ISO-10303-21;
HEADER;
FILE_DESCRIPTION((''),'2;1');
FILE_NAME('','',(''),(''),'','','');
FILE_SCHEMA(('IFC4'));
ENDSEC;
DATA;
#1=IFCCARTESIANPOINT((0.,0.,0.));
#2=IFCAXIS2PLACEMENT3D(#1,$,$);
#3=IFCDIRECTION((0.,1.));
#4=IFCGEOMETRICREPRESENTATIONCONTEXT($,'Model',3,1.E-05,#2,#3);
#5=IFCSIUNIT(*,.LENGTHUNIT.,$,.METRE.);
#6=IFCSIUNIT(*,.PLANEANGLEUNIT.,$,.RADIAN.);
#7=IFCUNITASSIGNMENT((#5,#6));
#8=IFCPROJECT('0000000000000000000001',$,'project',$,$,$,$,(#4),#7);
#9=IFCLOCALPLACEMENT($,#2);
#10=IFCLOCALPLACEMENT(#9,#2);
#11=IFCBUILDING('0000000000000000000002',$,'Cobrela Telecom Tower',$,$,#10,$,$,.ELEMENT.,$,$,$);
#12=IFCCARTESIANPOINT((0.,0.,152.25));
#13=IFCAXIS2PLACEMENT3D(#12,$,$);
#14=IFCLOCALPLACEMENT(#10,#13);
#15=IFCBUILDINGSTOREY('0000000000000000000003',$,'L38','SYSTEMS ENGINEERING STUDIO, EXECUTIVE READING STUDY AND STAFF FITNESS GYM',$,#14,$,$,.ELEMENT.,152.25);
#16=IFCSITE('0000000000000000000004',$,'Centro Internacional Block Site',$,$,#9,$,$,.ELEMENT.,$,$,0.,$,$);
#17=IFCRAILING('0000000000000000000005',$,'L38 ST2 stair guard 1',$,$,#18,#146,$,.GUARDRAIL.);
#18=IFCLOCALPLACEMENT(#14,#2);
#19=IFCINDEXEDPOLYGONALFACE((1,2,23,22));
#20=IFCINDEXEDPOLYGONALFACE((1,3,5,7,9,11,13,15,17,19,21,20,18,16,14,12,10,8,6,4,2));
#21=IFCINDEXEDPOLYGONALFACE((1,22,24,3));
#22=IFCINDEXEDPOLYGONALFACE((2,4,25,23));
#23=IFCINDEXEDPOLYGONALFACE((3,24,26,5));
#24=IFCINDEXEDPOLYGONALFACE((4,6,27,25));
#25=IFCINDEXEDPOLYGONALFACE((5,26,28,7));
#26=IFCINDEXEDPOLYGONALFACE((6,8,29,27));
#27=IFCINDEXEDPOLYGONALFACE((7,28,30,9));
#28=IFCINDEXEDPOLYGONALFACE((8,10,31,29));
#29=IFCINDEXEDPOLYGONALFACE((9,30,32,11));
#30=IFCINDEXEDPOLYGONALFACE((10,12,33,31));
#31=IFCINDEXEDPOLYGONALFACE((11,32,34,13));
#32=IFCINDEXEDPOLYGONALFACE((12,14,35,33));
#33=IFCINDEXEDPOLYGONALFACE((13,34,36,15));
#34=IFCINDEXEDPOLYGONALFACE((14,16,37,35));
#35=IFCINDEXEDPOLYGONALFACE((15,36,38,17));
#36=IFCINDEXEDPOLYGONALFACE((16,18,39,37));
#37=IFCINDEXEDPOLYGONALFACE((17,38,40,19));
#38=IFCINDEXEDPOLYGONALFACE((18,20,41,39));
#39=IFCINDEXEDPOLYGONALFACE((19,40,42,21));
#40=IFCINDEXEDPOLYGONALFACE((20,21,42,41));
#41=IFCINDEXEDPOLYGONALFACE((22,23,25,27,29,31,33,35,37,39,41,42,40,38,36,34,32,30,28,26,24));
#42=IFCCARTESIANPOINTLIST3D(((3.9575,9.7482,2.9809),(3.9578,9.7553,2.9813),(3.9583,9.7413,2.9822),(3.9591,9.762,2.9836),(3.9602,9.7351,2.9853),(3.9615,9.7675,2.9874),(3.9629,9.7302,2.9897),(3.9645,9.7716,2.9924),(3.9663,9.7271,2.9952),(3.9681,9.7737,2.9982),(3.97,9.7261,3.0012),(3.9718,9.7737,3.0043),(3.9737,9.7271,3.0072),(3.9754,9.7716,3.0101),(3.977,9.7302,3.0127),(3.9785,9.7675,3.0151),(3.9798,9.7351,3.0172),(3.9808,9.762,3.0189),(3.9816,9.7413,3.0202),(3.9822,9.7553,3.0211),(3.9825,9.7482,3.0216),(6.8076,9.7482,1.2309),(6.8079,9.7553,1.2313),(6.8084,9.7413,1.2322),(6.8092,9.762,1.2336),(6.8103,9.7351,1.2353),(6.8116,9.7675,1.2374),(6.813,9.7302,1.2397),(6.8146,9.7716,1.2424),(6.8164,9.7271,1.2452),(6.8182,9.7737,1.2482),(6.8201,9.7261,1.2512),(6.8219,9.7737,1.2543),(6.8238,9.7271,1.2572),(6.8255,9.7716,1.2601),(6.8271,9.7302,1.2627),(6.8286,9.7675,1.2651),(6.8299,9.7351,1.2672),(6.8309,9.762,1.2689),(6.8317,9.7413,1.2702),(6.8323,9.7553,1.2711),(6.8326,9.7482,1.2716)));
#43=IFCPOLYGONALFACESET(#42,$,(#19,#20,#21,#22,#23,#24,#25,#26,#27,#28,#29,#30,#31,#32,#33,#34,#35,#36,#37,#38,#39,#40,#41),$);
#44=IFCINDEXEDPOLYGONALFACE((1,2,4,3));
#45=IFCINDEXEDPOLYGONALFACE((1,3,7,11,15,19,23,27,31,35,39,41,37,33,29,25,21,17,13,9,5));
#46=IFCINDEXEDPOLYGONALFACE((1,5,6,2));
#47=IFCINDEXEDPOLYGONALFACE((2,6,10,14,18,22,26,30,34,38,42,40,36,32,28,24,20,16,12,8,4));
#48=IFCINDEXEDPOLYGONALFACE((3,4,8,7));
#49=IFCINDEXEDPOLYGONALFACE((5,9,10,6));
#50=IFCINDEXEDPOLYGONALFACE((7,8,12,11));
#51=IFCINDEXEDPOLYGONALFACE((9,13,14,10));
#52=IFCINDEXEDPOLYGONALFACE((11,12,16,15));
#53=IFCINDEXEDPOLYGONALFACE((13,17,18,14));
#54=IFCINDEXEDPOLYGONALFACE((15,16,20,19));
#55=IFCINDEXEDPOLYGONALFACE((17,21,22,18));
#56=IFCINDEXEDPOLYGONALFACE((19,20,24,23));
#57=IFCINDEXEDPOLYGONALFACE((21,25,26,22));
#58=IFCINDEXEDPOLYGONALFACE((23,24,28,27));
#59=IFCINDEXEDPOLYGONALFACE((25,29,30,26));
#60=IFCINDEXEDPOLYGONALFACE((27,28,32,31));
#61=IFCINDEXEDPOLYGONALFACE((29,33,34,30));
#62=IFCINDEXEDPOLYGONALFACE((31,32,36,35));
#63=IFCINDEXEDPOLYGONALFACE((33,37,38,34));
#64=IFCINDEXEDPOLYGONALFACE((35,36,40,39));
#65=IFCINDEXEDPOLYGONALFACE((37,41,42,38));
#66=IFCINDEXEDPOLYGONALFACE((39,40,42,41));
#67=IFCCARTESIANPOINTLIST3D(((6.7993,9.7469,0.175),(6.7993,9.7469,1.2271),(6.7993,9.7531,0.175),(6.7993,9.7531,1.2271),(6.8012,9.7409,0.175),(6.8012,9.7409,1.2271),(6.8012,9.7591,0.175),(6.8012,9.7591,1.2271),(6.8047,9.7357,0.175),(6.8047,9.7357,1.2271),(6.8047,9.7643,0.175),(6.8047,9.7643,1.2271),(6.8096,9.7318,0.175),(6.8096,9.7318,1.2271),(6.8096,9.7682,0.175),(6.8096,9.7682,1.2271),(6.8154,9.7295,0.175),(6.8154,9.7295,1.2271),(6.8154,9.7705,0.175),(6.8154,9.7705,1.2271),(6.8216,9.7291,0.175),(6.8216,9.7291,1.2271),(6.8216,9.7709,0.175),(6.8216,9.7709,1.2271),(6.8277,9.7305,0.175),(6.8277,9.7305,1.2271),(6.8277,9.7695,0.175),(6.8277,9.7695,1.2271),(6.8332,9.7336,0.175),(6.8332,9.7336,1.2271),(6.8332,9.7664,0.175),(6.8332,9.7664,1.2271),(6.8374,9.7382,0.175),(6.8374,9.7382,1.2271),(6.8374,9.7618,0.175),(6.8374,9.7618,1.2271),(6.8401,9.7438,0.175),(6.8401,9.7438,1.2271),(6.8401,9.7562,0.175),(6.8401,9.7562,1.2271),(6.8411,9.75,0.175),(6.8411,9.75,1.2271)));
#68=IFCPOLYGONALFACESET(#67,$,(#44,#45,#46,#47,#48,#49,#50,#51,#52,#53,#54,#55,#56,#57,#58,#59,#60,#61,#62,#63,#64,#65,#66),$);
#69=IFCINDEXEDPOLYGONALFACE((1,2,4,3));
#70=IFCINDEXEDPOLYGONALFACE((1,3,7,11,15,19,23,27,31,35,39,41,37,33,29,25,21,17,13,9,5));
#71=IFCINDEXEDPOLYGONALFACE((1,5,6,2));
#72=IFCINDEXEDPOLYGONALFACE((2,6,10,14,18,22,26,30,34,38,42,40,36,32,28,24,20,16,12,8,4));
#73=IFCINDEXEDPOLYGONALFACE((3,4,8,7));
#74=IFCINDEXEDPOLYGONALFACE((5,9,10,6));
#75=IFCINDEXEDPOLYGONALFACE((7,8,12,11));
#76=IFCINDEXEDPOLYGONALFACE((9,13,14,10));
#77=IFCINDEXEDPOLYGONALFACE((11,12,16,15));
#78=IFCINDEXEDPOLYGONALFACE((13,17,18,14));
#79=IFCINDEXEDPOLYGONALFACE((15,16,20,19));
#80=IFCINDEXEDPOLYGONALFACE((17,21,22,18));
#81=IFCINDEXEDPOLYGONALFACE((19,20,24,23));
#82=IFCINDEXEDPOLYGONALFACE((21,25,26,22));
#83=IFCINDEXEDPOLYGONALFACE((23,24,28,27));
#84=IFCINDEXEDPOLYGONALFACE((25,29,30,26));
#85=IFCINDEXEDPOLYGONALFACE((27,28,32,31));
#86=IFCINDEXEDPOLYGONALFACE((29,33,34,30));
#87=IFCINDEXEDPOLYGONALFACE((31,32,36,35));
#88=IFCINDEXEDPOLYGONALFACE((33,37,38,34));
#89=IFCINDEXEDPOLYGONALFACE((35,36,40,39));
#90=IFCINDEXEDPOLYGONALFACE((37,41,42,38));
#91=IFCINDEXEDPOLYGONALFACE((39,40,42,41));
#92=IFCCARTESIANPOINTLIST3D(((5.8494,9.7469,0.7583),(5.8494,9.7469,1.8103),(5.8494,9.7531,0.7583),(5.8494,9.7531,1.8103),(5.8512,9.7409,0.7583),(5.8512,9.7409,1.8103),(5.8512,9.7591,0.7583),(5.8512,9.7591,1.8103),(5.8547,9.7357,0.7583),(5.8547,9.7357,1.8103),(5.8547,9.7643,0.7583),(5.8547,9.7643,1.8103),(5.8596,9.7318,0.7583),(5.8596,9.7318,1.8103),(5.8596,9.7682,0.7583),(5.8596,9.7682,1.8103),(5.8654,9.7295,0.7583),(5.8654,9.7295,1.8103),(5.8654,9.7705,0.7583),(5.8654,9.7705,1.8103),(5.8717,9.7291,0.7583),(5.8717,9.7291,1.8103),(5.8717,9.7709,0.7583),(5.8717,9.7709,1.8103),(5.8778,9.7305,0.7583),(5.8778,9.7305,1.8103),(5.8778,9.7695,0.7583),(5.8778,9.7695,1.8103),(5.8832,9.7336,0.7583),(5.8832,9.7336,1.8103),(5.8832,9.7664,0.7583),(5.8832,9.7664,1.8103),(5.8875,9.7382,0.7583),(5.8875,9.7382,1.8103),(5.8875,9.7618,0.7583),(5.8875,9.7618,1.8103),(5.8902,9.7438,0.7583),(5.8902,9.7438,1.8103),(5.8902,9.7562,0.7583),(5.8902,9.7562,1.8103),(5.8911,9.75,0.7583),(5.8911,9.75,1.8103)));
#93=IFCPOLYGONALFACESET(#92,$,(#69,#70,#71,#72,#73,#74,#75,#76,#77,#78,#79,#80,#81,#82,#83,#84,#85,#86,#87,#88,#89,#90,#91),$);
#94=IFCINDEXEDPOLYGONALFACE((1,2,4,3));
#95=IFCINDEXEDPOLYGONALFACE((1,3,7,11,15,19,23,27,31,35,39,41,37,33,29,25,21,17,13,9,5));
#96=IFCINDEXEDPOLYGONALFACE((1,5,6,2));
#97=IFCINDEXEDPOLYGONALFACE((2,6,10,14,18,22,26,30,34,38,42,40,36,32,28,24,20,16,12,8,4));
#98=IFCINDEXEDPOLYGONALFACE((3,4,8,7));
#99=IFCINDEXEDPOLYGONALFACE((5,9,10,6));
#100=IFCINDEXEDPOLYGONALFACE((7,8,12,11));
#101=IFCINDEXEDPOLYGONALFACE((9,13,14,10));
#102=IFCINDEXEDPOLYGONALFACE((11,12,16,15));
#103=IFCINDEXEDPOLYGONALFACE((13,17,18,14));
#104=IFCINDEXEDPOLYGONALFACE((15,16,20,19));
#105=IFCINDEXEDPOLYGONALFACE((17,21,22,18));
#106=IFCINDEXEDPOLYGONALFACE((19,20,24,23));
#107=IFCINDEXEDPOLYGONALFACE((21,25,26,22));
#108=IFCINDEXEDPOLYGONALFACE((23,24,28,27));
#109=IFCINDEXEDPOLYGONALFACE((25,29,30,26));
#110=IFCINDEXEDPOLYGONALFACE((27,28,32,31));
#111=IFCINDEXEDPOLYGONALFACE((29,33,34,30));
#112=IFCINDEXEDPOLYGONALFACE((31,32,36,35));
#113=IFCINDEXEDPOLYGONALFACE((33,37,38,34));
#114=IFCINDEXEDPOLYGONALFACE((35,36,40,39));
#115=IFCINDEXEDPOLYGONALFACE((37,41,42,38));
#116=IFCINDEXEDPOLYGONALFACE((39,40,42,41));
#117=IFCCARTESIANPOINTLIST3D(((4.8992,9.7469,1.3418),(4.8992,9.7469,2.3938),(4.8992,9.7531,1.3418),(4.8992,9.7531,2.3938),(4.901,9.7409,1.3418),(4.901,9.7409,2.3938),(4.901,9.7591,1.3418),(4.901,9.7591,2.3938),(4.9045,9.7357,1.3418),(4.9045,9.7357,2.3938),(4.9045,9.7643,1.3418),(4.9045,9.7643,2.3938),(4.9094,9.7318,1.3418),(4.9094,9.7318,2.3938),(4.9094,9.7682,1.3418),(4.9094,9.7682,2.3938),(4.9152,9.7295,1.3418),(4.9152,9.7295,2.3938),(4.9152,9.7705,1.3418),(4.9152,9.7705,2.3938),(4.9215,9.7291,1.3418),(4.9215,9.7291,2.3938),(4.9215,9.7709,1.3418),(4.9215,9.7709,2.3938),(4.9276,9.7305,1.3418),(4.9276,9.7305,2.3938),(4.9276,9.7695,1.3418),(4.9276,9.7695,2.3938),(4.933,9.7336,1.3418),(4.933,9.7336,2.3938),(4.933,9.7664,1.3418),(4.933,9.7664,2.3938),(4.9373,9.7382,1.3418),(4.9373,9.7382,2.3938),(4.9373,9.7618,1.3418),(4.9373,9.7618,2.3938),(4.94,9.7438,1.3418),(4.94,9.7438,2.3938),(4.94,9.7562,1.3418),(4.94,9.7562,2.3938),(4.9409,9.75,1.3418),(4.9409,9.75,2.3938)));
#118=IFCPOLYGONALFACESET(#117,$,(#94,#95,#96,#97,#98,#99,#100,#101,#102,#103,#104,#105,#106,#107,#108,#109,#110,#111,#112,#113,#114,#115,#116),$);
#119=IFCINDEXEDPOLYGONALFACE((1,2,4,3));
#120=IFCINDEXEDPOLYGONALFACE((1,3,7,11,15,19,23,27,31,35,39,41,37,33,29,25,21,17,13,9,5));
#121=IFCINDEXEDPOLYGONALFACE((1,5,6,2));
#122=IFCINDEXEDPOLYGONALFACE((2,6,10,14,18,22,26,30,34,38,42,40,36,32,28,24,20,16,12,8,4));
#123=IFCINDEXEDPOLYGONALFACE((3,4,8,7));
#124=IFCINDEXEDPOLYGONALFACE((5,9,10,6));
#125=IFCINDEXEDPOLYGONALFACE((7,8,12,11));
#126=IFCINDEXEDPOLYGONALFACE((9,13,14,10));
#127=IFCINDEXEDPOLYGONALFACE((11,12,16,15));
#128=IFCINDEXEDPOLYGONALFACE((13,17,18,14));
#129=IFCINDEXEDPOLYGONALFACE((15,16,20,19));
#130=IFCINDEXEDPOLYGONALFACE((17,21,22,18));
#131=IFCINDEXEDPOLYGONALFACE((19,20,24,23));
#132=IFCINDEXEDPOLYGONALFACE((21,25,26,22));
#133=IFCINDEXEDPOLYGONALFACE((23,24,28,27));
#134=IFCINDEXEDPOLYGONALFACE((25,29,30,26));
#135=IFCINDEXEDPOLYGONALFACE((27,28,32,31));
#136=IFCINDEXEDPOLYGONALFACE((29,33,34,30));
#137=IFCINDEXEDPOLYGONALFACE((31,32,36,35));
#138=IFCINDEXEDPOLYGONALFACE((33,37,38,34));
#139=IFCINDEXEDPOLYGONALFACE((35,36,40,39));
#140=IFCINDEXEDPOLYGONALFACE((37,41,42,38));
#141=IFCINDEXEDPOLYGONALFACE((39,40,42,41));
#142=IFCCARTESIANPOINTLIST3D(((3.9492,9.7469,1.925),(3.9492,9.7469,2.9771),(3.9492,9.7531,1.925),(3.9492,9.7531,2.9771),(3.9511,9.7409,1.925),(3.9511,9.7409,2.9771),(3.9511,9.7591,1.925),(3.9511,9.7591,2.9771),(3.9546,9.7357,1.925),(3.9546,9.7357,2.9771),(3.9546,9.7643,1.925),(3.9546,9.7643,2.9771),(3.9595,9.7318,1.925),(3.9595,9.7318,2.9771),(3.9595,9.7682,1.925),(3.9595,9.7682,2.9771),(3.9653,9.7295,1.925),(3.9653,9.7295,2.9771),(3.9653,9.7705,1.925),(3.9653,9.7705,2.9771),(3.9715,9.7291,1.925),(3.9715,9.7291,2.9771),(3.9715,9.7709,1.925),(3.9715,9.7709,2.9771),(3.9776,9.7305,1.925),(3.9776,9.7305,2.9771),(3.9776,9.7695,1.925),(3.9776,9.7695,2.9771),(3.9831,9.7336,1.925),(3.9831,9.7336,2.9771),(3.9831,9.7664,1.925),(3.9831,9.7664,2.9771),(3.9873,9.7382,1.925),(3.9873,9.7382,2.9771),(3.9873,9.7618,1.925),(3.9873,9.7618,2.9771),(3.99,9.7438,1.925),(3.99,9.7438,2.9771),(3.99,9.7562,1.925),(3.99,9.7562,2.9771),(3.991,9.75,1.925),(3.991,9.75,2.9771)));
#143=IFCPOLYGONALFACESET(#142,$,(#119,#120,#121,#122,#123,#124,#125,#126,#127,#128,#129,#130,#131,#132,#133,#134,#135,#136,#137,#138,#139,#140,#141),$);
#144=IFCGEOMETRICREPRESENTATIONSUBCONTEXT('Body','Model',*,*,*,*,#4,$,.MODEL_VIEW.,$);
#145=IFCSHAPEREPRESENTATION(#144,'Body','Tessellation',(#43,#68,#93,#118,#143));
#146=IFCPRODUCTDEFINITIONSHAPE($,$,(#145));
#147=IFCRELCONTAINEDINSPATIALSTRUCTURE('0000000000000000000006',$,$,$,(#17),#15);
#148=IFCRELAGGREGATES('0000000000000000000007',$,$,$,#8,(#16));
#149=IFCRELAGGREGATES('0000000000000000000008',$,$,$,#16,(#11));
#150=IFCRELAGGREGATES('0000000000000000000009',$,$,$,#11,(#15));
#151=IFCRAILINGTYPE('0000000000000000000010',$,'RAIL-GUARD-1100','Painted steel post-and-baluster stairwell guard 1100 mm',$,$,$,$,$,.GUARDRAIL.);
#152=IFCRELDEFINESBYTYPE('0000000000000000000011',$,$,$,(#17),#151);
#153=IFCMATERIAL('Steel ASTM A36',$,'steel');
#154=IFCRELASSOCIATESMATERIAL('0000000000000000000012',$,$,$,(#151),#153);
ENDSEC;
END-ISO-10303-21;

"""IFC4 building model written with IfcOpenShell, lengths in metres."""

from ifc_helpers import new_model, si_unit, direction, frame, origin, origin_2d, place, context, subcontext, project, spatial, circle, extrude, material, type_object, element, save


model = new_model("IFC4")

# Units and contexts
model_context = context("Model", 3, precision=1e-05, world=origin(), true_north=direction((0.0, 1.0)))
body_context = subcontext(model_context, "Body", "Model", "MODEL_VIEW")
ifc_project = project(units=[si_unit("LENGTHUNIT", "METRE"), si_unit("PLANEANGLEUNIT", "RADIAN")], contexts=[model_context])

# Site, building, storey
site_placement = place(None, origin())
site = spatial("IfcSite", under=ifc_project, at=site_placement, Name="Centro Internacional Block Site", CompositionType="ELEMENT", RefElevation=0.0)
building_placement = place(site_placement, origin())
building = spatial("IfcBuilding", under=site, at=building_placement, Name="Cobrela Telecom Tower", CompositionType="ELEMENT")
storey_placement = place(building_placement, frame((0.0, 0.0, 152.25)))
storey = spatial("IfcBuildingStorey", under=building, at=storey_placement, Name="L38", Description="SYSTEMS ENGINEERING STUDIO, EXECUTIVE READING STUDY AND STAFF FITNESS GYM", CompositionType="ELEMENT", Elevation=152.25)

# Shared definitions
ifc_material_1 = material(Name="Steel ASTM A36", Category="steel")

# Railing
railing_type_1 = type_object("IfcRailingType", Name="RAIL-GUARD-1100", Description="Painted steel post-and-baluster stairwell guard 1100 mm", PredefinedType="GUARDRAIL", material=ifc_material_1)
railing_1_placement = place(storey_placement, frame((6.8201, 9.75, 0.175)))
element("IfcRailing", 1, at=railing_1_placement, inside=storey, type_object=railing_type_1, Name="L38 ST2 stair guard 1", PredefinedType="GUARDRAIL", context=body_context, shape_type="SweptSolid", body=[
    extrude(circle(Radius=0.0239, at=origin_2d()), frame((0.0, 0.0, 1.0762), z_axis=(-0.852179, 0.0, 0.52325), x_axis=(0.0, -1.0, 0.0)), (0.0, 0.0, 1.0), 3.3445),
    extrude(circle(Radius=0.021, at=origin_2d()), origin(), (0.0, 0.0, 1.0), 1.052),
    extrude(circle(Radius=0.021, at=origin_2d()), frame((-0.95, 0.0, 0.5833)), (0.0, 0.0, 1.0), 1.052),
    extrude(circle(Radius=0.021, at=origin_2d()), frame((-1.9001, 0.0, 1.1667)), (0.0, 0.0, 1.0), 1.052),
    extrude(circle(Radius=0.021, at=origin_2d()), frame((-2.8501, 0.0, 1.75)), (0.0, 0.0, 1.0), 1.052),
])

save(model, "model.ifc")
